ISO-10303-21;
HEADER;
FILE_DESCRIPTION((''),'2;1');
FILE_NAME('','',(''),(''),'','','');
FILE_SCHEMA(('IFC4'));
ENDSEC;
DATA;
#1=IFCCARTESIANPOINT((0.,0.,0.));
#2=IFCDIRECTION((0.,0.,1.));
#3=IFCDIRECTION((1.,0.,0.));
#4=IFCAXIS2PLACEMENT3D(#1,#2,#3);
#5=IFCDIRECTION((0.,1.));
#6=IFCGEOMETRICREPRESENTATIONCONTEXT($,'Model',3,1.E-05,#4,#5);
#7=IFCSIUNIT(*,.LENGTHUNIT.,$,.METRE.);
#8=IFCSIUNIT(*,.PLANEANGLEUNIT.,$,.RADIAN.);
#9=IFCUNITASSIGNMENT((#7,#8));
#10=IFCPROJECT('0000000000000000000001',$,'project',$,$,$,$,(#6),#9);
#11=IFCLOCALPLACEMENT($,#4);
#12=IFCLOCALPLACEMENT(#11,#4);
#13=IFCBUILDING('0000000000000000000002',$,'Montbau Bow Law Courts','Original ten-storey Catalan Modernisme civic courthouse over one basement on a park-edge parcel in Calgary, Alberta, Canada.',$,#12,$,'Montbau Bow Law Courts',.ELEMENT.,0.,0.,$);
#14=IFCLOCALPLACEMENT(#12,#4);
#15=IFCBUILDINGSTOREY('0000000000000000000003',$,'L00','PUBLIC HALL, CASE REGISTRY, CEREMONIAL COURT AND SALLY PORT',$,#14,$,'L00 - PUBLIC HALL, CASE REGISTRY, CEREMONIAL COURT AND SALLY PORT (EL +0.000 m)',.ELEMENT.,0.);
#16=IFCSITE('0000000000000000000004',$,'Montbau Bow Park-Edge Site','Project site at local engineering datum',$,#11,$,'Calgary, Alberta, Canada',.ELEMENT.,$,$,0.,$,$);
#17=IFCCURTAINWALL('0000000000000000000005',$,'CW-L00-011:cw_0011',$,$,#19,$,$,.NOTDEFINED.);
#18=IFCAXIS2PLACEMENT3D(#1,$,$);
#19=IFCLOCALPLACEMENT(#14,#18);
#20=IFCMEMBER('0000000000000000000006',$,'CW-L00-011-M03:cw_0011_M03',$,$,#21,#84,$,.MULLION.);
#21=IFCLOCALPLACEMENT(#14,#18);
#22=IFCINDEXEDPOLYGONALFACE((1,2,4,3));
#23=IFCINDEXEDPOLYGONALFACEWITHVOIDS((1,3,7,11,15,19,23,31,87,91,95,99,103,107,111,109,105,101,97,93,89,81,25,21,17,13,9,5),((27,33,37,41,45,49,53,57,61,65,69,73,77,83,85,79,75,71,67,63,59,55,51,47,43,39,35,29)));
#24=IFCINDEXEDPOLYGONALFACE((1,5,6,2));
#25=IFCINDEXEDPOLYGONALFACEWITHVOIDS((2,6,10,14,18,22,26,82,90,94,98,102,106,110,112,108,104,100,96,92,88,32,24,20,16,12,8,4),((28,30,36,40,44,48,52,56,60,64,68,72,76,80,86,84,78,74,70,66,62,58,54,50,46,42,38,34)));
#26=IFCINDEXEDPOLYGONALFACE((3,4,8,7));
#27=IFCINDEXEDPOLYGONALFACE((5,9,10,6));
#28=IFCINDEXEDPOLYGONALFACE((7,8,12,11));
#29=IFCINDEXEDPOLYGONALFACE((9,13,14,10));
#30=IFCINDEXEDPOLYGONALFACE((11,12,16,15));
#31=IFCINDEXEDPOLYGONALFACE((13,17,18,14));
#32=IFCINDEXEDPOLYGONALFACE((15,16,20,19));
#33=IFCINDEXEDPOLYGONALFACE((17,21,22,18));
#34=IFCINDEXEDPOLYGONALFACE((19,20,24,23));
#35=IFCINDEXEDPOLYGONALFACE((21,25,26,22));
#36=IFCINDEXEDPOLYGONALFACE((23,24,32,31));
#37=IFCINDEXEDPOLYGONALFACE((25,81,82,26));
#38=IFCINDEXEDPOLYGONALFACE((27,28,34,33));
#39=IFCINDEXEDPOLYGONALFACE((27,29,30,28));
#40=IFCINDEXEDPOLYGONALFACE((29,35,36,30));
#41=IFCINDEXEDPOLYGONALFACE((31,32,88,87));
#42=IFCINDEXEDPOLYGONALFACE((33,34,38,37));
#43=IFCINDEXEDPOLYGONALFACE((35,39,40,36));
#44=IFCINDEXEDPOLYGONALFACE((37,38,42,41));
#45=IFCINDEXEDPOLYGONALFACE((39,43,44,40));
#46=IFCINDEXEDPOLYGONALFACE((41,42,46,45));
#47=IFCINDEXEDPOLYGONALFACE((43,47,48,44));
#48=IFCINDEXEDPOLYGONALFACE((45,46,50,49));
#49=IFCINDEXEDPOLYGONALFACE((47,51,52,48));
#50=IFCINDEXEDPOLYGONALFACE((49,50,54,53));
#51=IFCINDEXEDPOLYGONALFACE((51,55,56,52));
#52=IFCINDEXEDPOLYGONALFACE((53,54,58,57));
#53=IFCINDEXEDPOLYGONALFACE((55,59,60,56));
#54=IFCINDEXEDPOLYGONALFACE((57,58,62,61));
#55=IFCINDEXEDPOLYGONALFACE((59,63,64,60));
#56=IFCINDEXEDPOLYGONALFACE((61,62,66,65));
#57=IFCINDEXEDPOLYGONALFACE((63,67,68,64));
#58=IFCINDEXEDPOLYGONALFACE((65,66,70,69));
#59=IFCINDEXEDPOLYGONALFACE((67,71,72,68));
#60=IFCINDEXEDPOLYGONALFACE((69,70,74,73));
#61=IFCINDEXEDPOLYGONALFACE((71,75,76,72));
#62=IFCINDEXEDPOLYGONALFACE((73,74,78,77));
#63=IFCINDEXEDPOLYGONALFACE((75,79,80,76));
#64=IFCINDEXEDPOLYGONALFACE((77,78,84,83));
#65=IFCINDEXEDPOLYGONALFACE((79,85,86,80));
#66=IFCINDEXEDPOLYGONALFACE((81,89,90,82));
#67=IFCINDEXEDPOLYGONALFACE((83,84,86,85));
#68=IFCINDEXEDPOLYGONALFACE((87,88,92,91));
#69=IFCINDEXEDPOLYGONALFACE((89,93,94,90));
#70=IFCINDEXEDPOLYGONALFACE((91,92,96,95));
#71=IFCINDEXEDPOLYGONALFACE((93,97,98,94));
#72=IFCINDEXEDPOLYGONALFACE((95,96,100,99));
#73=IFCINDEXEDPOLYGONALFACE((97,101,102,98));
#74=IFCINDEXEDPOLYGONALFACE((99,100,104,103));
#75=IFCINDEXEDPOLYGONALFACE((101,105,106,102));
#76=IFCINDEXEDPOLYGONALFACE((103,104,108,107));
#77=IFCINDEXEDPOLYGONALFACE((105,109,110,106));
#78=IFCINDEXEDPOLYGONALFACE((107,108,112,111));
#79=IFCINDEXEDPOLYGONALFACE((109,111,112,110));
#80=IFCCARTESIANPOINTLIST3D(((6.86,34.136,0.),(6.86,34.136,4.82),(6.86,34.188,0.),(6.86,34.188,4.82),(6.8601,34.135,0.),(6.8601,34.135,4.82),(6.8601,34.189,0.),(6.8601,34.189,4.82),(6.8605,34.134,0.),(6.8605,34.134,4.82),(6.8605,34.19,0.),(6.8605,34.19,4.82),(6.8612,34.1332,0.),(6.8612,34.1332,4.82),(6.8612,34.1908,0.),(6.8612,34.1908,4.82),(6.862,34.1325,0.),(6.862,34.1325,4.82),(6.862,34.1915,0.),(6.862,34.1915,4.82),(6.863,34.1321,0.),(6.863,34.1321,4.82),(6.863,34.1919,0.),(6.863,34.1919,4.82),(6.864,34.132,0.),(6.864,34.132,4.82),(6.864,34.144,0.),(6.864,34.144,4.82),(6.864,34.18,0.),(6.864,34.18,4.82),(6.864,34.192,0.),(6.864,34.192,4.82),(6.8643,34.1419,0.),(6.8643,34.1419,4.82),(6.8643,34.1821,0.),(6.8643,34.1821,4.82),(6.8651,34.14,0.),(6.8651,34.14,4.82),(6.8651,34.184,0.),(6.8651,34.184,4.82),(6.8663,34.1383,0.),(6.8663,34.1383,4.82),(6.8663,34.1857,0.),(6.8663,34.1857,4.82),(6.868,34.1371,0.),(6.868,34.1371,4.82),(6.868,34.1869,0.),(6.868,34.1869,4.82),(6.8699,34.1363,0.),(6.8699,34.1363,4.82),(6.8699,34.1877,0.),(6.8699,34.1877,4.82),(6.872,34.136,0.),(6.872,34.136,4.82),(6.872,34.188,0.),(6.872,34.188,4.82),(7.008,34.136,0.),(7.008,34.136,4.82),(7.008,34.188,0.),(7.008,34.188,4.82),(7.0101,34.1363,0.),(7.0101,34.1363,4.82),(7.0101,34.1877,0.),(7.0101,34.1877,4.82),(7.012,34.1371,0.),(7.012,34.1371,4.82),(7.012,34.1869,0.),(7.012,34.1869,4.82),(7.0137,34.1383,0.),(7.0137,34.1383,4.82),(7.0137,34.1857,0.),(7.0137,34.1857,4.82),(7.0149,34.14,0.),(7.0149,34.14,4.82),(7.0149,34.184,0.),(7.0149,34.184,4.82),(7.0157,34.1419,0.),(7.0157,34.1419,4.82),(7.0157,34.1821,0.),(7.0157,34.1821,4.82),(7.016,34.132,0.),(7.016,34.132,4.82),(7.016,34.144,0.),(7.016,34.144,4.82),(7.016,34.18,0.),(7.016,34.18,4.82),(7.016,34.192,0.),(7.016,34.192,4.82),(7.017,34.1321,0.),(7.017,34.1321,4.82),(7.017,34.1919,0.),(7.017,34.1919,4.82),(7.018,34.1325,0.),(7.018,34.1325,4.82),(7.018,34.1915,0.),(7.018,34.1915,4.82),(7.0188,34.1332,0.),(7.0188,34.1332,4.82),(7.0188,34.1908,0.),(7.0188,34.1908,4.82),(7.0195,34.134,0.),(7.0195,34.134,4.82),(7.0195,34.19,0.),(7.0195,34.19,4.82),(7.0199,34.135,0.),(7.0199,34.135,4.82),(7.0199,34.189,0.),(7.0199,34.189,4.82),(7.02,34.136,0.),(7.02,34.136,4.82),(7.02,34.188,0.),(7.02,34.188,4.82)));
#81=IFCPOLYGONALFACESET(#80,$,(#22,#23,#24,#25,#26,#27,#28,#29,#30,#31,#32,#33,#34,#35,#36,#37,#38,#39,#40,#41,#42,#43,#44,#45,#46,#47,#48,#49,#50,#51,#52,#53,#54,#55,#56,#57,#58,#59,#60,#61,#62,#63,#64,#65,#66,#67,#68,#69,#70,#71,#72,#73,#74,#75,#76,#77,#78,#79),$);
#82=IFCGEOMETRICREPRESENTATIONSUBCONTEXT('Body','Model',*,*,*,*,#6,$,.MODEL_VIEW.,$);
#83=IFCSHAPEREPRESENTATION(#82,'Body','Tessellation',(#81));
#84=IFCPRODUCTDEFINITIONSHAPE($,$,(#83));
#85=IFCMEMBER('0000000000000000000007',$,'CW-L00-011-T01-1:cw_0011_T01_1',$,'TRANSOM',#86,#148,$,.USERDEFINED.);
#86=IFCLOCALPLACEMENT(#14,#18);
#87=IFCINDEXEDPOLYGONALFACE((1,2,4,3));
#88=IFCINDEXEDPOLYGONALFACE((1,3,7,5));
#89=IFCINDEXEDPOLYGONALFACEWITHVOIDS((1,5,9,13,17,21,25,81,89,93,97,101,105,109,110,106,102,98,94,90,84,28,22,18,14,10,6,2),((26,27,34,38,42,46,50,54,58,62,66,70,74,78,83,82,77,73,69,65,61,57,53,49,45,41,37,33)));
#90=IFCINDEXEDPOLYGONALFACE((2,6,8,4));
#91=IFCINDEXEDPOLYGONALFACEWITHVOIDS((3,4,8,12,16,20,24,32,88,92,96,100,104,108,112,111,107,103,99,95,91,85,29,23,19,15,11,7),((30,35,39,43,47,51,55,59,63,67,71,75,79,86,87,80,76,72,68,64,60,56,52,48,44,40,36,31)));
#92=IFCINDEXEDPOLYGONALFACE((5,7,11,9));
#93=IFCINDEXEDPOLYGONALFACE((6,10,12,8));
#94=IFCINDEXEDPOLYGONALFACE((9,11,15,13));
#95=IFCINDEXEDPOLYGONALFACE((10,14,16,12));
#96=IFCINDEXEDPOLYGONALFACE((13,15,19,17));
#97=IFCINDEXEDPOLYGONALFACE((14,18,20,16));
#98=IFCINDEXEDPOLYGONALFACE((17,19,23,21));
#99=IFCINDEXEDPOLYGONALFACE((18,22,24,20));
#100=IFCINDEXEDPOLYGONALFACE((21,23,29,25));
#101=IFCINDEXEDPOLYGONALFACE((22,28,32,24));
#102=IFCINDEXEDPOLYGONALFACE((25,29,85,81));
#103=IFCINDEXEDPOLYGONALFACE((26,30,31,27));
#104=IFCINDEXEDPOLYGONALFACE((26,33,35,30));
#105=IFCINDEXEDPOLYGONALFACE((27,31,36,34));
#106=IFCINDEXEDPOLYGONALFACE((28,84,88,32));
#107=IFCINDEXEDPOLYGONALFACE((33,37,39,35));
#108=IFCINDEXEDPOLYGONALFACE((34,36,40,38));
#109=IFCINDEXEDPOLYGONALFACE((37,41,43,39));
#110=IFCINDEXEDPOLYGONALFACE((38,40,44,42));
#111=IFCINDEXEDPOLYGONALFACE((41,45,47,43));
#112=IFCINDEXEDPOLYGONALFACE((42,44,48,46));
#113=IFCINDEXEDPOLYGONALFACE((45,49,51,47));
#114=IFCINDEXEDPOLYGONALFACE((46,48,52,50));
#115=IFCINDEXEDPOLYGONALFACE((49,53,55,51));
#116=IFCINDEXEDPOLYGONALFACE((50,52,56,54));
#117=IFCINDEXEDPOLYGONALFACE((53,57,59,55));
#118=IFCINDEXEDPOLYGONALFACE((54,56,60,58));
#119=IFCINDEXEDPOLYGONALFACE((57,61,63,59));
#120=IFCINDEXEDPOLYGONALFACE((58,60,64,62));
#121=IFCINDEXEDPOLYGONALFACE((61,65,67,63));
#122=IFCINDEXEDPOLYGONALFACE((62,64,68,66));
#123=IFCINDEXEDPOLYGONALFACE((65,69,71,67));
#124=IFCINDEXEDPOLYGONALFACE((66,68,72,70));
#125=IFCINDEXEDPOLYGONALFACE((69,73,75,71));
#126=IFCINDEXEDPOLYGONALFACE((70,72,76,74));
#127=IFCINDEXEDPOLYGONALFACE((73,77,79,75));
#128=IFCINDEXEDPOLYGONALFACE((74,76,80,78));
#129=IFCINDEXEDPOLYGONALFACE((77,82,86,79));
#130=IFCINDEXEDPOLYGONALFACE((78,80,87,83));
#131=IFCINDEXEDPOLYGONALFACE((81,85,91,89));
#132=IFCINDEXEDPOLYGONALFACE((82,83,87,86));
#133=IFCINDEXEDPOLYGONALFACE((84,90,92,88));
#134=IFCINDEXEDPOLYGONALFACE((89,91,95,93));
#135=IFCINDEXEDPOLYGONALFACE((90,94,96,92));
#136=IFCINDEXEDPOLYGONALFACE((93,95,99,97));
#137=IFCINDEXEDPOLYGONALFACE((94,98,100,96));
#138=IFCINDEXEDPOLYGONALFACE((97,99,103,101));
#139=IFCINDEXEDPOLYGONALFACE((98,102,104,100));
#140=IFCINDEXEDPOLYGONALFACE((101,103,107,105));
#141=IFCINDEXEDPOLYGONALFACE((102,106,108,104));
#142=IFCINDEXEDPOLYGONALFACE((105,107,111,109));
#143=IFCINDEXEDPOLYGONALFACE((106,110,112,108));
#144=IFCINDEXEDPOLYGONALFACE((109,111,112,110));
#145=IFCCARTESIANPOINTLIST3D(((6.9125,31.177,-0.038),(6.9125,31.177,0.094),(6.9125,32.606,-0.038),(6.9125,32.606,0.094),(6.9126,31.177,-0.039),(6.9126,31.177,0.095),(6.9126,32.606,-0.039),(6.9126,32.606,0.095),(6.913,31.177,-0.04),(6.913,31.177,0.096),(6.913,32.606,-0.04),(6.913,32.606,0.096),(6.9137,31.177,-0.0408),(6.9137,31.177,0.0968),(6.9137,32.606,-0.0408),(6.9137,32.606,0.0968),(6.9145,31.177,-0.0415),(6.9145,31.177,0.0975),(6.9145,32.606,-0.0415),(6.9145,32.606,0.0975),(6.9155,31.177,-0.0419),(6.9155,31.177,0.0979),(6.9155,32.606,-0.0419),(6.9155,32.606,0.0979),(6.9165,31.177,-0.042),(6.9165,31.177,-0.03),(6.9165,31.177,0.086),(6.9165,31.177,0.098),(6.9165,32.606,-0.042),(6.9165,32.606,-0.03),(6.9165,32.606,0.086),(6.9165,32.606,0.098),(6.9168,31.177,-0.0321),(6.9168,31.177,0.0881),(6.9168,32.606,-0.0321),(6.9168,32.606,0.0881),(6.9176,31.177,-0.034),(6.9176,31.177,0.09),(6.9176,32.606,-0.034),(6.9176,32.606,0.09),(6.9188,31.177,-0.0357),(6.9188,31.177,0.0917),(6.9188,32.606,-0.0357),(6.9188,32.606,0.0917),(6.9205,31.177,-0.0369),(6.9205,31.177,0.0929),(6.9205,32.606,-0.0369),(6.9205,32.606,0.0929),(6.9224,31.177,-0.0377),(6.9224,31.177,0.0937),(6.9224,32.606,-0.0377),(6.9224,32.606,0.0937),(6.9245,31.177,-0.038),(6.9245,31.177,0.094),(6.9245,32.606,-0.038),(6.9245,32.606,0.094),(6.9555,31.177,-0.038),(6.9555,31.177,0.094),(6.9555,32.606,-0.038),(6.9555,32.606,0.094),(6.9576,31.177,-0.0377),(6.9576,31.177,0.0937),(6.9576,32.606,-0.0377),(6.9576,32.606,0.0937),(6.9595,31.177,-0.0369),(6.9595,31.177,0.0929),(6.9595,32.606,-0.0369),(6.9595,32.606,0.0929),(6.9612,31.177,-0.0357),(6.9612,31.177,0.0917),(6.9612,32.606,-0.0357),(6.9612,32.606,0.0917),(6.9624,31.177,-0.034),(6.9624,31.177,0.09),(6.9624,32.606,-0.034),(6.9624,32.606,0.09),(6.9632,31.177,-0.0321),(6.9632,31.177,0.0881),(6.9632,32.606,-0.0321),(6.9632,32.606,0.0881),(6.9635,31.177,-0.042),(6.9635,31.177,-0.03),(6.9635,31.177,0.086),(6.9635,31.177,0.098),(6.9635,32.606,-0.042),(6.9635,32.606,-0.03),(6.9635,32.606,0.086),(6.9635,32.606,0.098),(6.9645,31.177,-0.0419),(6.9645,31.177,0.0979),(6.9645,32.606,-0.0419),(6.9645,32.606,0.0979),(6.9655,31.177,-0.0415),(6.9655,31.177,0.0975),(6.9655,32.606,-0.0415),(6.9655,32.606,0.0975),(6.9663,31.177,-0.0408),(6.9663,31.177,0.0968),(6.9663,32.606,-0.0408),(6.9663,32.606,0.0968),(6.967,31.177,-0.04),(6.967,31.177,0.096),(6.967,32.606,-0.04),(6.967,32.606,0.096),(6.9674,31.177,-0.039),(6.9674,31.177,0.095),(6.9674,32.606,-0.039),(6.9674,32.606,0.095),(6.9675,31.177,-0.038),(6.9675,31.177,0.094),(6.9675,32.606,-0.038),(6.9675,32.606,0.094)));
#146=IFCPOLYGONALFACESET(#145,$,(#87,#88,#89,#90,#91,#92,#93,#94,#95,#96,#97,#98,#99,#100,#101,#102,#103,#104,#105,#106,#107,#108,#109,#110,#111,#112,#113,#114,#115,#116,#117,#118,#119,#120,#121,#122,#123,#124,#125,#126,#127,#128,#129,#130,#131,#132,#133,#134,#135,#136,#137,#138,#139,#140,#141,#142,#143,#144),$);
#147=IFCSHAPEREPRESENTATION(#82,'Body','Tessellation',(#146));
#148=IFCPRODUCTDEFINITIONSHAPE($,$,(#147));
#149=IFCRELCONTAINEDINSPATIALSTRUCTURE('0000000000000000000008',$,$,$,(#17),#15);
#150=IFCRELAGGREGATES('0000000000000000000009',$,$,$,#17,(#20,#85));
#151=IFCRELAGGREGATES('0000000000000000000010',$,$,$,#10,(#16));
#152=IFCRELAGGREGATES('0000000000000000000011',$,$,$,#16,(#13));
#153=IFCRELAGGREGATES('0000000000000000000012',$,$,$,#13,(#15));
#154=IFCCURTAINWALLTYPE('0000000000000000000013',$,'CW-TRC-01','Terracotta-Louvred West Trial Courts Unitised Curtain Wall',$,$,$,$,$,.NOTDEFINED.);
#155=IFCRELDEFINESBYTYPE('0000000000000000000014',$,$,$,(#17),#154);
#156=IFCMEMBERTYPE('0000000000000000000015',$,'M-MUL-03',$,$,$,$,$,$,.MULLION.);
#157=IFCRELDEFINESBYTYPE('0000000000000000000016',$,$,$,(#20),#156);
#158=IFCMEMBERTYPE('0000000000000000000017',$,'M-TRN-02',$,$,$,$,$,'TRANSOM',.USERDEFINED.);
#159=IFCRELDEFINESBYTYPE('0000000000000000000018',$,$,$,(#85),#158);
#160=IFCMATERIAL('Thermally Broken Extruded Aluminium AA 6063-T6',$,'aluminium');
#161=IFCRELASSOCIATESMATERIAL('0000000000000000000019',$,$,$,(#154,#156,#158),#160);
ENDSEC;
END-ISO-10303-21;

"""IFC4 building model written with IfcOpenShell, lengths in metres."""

from ifc_helpers import new_model, si_unit, direction, frame, origin_with_axes, origin_2d_with_axis, place, context, subcontext, project, spatial, hollow_rectangle, extrude, material, material_profile, profile_set, type_object, element, aggregate, save


model = new_model("IFC4")

# Units and contexts
model_context = context("Model", 3, precision=1e-05, world=origin_with_axes(), true_north=direction((0.0, 1.0)))
body_context = subcontext(model_context, "Body", "Model", "MODEL_VIEW")
ifc_project = project(units=[si_unit("LENGTHUNIT", "METRE"), si_unit("PLANEANGLEUNIT", "RADIAN")], contexts=[model_context])

# Site, building, storey
site_placement = place(None, origin_with_axes())
site = spatial("IfcSite", under=ifc_project, at=site_placement, Name="Montbau Bow Park-Edge Site", Description="Project site at local engineering datum", LongName="Calgary, Alberta, Canada", CompositionType="ELEMENT", RefElevation=0.0)
building_placement = place(site_placement, origin_with_axes())
building = spatial("IfcBuilding", under=site, at=building_placement, Name="Montbau Bow Law Courts", Description="Original ten-storey Catalan Modernisme civic courthouse over one basement on a park-edge parcel in Calgary, Alberta, Canada.", LongName="Montbau Bow Law Courts", CompositionType="ELEMENT", ElevationOfRefHeight=0.0, ElevationOfTerrain=0.0)
storey_placement = place(building_placement, origin_with_axes())
storey = spatial("IfcBuildingStorey", under=building, at=storey_placement, Name="L00", Description="PUBLIC HALL, CASE REGISTRY, CEREMONIAL COURT AND SALLY PORT", LongName="L00 - PUBLIC HALL, CASE REGISTRY, CEREMONIAL COURT AND SALLY PORT (EL +0.000 m)", CompositionType="ELEMENT", Elevation=0.0)

# Curtain wall, members
ifc_material_1 = material(Name="Thermally Broken Extruded Aluminium AA 6063-T6", Category="aluminium")
curtain_wall_type = type_object("IfcCurtainWallType", Name="CW-TRC-01", Description="Terracotta-Louvred West Trial Courts Unitised Curtain Wall", PredefinedType="NOTDEFINED", material=ifc_material_1)
curtain_wall_placement = place(None, frame((6.94, 31.115, 0.0), z_axis=(0.0, 0.0, 1.0), x_axis=(1.0, 0.0, 0.0)))
curtain_wall = element("IfcCurtainWall", 1, at=curtain_wall_placement, inside=storey, type_object=curtain_wall_type, Name="CW-L00-011:cw_0011", PredefinedType="NOTDEFINED")
ifc_material_profile_1 = material_profile(ifc_material_1, hollow_rectangle(XDim=0.06, YDim=0.16, WallThickness=0.004, InnerFilletRadius=0.008, OuterFilletRadius=0.004, at=origin_2d_with_axis()), Name="CWM-160X60", Category="Main", Priority=0)
ifc_profile_set_1 = profile_set([ifc_material_profile_1], Name="Thermally Broken Extruded Aluminium AA 6063-T6")
member_type_1 = type_object("IfcMemberType", Name="M-MUL-03", PredefinedType="MULLION", material=ifc_profile_set_1)
member_1_placement = place(None, frame((6.94, 34.162, 0.0), z_axis=(0.0, 0.0, 1.0), x_axis=(0.0, 1.0, 0.0)))
member_1 = element("IfcMember", 2, at=member_1_placement, type_object=member_type_1, Name="CW-L00-011-M03:cw_0011_M03", PredefinedType="MULLION", context=body_context, shape_type="SweptSolid", body=[
    extrude(hollow_rectangle(XDim=0.06, YDim=0.16, WallThickness=0.004, InnerFilletRadius=0.008, OuterFilletRadius=0.004, at=origin_2d_with_axis()), origin_with_axes(), (0.0, 0.0, 1.0), 4.82),
])
ifc_material_profile_2 = material_profile(ifc_material_1, hollow_rectangle(XDim=0.055, YDim=0.14, WallThickness=0.004, InnerFilletRadius=0.008, OuterFilletRadius=0.004, at=origin_2d_with_axis()), Name="CWT-140X55", Category="Main", Priority=0)
ifc_profile_set_2 = profile_set([ifc_material_profile_2], Name="Thermally Broken Extruded Aluminium AA 6063-T6")
member_type_2 = type_object("IfcMemberType", Name="M-TRN-02", ElementType="TRANSOM", PredefinedType="USERDEFINED", material=ifc_profile_set_2)
member_2_placement = place(None, frame((6.94, 31.177, 0.028), z_axis=(0.0, 1.0, 0.0), x_axis=(-1.0, 0.0, 0.0)))
member_2 = element("IfcMember", 3, at=member_2_placement, type_object=member_type_2, Name="CW-L00-011-T01-1:cw_0011_T01_1", ObjectType="TRANSOM", PredefinedType="USERDEFINED", context=body_context, shape_type="SweptSolid", body=[
    extrude(hollow_rectangle(XDim=0.055, YDim=0.14, WallThickness=0.004, InnerFilletRadius=0.008, OuterFilletRadius=0.004, at=origin_2d_with_axis()), origin_with_axes(), (0.0, 0.0, 1.0), 1.429),
])
aggregate(curtain_wall, [member_1, member_2])

save(model, "model.ifc")
